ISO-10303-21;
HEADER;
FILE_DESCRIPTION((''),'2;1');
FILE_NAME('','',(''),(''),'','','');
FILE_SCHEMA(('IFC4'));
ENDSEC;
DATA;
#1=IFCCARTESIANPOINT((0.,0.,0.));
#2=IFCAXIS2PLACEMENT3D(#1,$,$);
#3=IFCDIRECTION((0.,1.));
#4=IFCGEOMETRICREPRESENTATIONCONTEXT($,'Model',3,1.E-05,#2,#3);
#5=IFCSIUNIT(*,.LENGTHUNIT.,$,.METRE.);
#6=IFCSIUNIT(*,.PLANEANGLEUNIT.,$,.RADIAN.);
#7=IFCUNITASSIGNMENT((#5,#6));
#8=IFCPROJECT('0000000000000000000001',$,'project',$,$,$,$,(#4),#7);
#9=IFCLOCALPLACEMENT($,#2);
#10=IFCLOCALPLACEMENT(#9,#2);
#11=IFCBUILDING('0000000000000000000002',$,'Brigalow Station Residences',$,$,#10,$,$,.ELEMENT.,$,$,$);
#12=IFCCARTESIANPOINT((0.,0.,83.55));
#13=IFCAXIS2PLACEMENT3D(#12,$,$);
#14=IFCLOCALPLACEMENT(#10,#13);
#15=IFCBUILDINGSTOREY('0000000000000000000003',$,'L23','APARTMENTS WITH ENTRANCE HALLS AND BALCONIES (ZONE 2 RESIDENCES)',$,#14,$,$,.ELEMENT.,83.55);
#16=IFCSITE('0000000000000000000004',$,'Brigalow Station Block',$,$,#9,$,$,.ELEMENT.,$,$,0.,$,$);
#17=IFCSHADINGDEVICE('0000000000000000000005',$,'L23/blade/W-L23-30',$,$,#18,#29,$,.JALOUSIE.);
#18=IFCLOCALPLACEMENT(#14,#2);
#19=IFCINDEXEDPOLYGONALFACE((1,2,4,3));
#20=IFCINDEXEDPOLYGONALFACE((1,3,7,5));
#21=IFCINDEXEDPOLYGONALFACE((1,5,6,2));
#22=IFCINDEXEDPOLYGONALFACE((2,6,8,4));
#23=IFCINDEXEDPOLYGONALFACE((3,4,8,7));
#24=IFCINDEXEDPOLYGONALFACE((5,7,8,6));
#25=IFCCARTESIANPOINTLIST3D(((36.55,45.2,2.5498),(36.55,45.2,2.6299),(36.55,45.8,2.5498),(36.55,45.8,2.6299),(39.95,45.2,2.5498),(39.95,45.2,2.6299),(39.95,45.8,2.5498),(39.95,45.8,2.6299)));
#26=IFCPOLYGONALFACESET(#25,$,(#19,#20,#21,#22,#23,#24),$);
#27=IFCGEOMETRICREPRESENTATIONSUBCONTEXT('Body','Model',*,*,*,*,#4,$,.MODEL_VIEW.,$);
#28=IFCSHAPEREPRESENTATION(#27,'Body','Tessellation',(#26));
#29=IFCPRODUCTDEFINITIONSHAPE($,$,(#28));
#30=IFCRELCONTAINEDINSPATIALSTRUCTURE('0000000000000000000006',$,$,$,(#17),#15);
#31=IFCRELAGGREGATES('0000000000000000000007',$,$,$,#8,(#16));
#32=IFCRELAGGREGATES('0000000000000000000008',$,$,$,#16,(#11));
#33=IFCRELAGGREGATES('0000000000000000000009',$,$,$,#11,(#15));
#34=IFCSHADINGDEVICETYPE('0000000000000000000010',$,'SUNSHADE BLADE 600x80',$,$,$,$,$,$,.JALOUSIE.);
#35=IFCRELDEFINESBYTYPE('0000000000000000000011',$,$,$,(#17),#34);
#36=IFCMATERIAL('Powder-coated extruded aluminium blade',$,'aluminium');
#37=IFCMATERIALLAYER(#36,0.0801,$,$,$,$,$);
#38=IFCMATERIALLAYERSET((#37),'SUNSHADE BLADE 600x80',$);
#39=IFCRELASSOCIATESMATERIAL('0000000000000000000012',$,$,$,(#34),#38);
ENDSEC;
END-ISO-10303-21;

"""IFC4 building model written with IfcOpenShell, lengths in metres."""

from ifc_helpers import new_model, si_unit, direction, frame, origin, origin_2d, place, context, subcontext, project, spatial, rectangle, extrude, material, layer, layer_set, type_object, element, save


model = new_model("IFC4")

# Units and contexts
model_context = context("Model", 3, precision=1e-05, world=origin(), true_north=direction((0.0, 1.0)))
body_context = subcontext(model_context, "Body", "Model", "MODEL_VIEW")
ifc_project = project(units=[si_unit("LENGTHUNIT", "METRE"), si_unit("PLANEANGLEUNIT", "RADIAN")], contexts=[model_context])

# Site, building, storey
site_placement = place(None, origin())
site = spatial("IfcSite", under=ifc_project, at=site_placement, Name="Brigalow Station Block", CompositionType="ELEMENT", RefElevation=0.0)
building_placement = place(site_placement, origin())
building = spatial("IfcBuilding", under=site, at=building_placement, Name="Brigalow Station Residences", CompositionType="ELEMENT")
storey_placement = place(building_placement, frame((0.0, 0.0, 83.55)))
storey = spatial("IfcBuildingStorey", under=building, at=storey_placement, Name="L23", Description="APARTMENTS WITH ENTRANCE HALLS AND BALCONIES (ZONE 2 RESIDENCES)", CompositionType="ELEMENT", Elevation=83.55)

# Shading device
ifc_material_1 = material(Name="Powder-coated extruded aluminium blade", Category="aluminium")
ifc_layer_1 = layer(ifc_material_1, 0.0801)
ifc_layer_set_1 = layer_set([ifc_layer_1], Name="SUNSHADE BLADE 600x80")
shading_device_type = type_object("IfcShadingDeviceType", Name="SUNSHADE BLADE 600x80", PredefinedType="JALOUSIE", material=ifc_layer_set_1)
shading_device_placement = place(storey_placement, frame((38.25, 45.5, 2.5498), z_axis=(0.0, 0.0, 1.0), x_axis=(-1.0, 0.0, 0.0)))
element("IfcShadingDevice", 1, at=shading_device_placement, inside=storey, type_object=shading_device_type, Name="L23/blade/W-L23-30", PredefinedType="JALOUSIE", context=body_context, shape_type="SweptSolid", body=[
    extrude(rectangle(XDim=3.3999, YDim=0.6001, at=origin_2d()), origin(), (0.0, 0.0, 1.0), 0.0801),
])

save(model, "model.ifc")
